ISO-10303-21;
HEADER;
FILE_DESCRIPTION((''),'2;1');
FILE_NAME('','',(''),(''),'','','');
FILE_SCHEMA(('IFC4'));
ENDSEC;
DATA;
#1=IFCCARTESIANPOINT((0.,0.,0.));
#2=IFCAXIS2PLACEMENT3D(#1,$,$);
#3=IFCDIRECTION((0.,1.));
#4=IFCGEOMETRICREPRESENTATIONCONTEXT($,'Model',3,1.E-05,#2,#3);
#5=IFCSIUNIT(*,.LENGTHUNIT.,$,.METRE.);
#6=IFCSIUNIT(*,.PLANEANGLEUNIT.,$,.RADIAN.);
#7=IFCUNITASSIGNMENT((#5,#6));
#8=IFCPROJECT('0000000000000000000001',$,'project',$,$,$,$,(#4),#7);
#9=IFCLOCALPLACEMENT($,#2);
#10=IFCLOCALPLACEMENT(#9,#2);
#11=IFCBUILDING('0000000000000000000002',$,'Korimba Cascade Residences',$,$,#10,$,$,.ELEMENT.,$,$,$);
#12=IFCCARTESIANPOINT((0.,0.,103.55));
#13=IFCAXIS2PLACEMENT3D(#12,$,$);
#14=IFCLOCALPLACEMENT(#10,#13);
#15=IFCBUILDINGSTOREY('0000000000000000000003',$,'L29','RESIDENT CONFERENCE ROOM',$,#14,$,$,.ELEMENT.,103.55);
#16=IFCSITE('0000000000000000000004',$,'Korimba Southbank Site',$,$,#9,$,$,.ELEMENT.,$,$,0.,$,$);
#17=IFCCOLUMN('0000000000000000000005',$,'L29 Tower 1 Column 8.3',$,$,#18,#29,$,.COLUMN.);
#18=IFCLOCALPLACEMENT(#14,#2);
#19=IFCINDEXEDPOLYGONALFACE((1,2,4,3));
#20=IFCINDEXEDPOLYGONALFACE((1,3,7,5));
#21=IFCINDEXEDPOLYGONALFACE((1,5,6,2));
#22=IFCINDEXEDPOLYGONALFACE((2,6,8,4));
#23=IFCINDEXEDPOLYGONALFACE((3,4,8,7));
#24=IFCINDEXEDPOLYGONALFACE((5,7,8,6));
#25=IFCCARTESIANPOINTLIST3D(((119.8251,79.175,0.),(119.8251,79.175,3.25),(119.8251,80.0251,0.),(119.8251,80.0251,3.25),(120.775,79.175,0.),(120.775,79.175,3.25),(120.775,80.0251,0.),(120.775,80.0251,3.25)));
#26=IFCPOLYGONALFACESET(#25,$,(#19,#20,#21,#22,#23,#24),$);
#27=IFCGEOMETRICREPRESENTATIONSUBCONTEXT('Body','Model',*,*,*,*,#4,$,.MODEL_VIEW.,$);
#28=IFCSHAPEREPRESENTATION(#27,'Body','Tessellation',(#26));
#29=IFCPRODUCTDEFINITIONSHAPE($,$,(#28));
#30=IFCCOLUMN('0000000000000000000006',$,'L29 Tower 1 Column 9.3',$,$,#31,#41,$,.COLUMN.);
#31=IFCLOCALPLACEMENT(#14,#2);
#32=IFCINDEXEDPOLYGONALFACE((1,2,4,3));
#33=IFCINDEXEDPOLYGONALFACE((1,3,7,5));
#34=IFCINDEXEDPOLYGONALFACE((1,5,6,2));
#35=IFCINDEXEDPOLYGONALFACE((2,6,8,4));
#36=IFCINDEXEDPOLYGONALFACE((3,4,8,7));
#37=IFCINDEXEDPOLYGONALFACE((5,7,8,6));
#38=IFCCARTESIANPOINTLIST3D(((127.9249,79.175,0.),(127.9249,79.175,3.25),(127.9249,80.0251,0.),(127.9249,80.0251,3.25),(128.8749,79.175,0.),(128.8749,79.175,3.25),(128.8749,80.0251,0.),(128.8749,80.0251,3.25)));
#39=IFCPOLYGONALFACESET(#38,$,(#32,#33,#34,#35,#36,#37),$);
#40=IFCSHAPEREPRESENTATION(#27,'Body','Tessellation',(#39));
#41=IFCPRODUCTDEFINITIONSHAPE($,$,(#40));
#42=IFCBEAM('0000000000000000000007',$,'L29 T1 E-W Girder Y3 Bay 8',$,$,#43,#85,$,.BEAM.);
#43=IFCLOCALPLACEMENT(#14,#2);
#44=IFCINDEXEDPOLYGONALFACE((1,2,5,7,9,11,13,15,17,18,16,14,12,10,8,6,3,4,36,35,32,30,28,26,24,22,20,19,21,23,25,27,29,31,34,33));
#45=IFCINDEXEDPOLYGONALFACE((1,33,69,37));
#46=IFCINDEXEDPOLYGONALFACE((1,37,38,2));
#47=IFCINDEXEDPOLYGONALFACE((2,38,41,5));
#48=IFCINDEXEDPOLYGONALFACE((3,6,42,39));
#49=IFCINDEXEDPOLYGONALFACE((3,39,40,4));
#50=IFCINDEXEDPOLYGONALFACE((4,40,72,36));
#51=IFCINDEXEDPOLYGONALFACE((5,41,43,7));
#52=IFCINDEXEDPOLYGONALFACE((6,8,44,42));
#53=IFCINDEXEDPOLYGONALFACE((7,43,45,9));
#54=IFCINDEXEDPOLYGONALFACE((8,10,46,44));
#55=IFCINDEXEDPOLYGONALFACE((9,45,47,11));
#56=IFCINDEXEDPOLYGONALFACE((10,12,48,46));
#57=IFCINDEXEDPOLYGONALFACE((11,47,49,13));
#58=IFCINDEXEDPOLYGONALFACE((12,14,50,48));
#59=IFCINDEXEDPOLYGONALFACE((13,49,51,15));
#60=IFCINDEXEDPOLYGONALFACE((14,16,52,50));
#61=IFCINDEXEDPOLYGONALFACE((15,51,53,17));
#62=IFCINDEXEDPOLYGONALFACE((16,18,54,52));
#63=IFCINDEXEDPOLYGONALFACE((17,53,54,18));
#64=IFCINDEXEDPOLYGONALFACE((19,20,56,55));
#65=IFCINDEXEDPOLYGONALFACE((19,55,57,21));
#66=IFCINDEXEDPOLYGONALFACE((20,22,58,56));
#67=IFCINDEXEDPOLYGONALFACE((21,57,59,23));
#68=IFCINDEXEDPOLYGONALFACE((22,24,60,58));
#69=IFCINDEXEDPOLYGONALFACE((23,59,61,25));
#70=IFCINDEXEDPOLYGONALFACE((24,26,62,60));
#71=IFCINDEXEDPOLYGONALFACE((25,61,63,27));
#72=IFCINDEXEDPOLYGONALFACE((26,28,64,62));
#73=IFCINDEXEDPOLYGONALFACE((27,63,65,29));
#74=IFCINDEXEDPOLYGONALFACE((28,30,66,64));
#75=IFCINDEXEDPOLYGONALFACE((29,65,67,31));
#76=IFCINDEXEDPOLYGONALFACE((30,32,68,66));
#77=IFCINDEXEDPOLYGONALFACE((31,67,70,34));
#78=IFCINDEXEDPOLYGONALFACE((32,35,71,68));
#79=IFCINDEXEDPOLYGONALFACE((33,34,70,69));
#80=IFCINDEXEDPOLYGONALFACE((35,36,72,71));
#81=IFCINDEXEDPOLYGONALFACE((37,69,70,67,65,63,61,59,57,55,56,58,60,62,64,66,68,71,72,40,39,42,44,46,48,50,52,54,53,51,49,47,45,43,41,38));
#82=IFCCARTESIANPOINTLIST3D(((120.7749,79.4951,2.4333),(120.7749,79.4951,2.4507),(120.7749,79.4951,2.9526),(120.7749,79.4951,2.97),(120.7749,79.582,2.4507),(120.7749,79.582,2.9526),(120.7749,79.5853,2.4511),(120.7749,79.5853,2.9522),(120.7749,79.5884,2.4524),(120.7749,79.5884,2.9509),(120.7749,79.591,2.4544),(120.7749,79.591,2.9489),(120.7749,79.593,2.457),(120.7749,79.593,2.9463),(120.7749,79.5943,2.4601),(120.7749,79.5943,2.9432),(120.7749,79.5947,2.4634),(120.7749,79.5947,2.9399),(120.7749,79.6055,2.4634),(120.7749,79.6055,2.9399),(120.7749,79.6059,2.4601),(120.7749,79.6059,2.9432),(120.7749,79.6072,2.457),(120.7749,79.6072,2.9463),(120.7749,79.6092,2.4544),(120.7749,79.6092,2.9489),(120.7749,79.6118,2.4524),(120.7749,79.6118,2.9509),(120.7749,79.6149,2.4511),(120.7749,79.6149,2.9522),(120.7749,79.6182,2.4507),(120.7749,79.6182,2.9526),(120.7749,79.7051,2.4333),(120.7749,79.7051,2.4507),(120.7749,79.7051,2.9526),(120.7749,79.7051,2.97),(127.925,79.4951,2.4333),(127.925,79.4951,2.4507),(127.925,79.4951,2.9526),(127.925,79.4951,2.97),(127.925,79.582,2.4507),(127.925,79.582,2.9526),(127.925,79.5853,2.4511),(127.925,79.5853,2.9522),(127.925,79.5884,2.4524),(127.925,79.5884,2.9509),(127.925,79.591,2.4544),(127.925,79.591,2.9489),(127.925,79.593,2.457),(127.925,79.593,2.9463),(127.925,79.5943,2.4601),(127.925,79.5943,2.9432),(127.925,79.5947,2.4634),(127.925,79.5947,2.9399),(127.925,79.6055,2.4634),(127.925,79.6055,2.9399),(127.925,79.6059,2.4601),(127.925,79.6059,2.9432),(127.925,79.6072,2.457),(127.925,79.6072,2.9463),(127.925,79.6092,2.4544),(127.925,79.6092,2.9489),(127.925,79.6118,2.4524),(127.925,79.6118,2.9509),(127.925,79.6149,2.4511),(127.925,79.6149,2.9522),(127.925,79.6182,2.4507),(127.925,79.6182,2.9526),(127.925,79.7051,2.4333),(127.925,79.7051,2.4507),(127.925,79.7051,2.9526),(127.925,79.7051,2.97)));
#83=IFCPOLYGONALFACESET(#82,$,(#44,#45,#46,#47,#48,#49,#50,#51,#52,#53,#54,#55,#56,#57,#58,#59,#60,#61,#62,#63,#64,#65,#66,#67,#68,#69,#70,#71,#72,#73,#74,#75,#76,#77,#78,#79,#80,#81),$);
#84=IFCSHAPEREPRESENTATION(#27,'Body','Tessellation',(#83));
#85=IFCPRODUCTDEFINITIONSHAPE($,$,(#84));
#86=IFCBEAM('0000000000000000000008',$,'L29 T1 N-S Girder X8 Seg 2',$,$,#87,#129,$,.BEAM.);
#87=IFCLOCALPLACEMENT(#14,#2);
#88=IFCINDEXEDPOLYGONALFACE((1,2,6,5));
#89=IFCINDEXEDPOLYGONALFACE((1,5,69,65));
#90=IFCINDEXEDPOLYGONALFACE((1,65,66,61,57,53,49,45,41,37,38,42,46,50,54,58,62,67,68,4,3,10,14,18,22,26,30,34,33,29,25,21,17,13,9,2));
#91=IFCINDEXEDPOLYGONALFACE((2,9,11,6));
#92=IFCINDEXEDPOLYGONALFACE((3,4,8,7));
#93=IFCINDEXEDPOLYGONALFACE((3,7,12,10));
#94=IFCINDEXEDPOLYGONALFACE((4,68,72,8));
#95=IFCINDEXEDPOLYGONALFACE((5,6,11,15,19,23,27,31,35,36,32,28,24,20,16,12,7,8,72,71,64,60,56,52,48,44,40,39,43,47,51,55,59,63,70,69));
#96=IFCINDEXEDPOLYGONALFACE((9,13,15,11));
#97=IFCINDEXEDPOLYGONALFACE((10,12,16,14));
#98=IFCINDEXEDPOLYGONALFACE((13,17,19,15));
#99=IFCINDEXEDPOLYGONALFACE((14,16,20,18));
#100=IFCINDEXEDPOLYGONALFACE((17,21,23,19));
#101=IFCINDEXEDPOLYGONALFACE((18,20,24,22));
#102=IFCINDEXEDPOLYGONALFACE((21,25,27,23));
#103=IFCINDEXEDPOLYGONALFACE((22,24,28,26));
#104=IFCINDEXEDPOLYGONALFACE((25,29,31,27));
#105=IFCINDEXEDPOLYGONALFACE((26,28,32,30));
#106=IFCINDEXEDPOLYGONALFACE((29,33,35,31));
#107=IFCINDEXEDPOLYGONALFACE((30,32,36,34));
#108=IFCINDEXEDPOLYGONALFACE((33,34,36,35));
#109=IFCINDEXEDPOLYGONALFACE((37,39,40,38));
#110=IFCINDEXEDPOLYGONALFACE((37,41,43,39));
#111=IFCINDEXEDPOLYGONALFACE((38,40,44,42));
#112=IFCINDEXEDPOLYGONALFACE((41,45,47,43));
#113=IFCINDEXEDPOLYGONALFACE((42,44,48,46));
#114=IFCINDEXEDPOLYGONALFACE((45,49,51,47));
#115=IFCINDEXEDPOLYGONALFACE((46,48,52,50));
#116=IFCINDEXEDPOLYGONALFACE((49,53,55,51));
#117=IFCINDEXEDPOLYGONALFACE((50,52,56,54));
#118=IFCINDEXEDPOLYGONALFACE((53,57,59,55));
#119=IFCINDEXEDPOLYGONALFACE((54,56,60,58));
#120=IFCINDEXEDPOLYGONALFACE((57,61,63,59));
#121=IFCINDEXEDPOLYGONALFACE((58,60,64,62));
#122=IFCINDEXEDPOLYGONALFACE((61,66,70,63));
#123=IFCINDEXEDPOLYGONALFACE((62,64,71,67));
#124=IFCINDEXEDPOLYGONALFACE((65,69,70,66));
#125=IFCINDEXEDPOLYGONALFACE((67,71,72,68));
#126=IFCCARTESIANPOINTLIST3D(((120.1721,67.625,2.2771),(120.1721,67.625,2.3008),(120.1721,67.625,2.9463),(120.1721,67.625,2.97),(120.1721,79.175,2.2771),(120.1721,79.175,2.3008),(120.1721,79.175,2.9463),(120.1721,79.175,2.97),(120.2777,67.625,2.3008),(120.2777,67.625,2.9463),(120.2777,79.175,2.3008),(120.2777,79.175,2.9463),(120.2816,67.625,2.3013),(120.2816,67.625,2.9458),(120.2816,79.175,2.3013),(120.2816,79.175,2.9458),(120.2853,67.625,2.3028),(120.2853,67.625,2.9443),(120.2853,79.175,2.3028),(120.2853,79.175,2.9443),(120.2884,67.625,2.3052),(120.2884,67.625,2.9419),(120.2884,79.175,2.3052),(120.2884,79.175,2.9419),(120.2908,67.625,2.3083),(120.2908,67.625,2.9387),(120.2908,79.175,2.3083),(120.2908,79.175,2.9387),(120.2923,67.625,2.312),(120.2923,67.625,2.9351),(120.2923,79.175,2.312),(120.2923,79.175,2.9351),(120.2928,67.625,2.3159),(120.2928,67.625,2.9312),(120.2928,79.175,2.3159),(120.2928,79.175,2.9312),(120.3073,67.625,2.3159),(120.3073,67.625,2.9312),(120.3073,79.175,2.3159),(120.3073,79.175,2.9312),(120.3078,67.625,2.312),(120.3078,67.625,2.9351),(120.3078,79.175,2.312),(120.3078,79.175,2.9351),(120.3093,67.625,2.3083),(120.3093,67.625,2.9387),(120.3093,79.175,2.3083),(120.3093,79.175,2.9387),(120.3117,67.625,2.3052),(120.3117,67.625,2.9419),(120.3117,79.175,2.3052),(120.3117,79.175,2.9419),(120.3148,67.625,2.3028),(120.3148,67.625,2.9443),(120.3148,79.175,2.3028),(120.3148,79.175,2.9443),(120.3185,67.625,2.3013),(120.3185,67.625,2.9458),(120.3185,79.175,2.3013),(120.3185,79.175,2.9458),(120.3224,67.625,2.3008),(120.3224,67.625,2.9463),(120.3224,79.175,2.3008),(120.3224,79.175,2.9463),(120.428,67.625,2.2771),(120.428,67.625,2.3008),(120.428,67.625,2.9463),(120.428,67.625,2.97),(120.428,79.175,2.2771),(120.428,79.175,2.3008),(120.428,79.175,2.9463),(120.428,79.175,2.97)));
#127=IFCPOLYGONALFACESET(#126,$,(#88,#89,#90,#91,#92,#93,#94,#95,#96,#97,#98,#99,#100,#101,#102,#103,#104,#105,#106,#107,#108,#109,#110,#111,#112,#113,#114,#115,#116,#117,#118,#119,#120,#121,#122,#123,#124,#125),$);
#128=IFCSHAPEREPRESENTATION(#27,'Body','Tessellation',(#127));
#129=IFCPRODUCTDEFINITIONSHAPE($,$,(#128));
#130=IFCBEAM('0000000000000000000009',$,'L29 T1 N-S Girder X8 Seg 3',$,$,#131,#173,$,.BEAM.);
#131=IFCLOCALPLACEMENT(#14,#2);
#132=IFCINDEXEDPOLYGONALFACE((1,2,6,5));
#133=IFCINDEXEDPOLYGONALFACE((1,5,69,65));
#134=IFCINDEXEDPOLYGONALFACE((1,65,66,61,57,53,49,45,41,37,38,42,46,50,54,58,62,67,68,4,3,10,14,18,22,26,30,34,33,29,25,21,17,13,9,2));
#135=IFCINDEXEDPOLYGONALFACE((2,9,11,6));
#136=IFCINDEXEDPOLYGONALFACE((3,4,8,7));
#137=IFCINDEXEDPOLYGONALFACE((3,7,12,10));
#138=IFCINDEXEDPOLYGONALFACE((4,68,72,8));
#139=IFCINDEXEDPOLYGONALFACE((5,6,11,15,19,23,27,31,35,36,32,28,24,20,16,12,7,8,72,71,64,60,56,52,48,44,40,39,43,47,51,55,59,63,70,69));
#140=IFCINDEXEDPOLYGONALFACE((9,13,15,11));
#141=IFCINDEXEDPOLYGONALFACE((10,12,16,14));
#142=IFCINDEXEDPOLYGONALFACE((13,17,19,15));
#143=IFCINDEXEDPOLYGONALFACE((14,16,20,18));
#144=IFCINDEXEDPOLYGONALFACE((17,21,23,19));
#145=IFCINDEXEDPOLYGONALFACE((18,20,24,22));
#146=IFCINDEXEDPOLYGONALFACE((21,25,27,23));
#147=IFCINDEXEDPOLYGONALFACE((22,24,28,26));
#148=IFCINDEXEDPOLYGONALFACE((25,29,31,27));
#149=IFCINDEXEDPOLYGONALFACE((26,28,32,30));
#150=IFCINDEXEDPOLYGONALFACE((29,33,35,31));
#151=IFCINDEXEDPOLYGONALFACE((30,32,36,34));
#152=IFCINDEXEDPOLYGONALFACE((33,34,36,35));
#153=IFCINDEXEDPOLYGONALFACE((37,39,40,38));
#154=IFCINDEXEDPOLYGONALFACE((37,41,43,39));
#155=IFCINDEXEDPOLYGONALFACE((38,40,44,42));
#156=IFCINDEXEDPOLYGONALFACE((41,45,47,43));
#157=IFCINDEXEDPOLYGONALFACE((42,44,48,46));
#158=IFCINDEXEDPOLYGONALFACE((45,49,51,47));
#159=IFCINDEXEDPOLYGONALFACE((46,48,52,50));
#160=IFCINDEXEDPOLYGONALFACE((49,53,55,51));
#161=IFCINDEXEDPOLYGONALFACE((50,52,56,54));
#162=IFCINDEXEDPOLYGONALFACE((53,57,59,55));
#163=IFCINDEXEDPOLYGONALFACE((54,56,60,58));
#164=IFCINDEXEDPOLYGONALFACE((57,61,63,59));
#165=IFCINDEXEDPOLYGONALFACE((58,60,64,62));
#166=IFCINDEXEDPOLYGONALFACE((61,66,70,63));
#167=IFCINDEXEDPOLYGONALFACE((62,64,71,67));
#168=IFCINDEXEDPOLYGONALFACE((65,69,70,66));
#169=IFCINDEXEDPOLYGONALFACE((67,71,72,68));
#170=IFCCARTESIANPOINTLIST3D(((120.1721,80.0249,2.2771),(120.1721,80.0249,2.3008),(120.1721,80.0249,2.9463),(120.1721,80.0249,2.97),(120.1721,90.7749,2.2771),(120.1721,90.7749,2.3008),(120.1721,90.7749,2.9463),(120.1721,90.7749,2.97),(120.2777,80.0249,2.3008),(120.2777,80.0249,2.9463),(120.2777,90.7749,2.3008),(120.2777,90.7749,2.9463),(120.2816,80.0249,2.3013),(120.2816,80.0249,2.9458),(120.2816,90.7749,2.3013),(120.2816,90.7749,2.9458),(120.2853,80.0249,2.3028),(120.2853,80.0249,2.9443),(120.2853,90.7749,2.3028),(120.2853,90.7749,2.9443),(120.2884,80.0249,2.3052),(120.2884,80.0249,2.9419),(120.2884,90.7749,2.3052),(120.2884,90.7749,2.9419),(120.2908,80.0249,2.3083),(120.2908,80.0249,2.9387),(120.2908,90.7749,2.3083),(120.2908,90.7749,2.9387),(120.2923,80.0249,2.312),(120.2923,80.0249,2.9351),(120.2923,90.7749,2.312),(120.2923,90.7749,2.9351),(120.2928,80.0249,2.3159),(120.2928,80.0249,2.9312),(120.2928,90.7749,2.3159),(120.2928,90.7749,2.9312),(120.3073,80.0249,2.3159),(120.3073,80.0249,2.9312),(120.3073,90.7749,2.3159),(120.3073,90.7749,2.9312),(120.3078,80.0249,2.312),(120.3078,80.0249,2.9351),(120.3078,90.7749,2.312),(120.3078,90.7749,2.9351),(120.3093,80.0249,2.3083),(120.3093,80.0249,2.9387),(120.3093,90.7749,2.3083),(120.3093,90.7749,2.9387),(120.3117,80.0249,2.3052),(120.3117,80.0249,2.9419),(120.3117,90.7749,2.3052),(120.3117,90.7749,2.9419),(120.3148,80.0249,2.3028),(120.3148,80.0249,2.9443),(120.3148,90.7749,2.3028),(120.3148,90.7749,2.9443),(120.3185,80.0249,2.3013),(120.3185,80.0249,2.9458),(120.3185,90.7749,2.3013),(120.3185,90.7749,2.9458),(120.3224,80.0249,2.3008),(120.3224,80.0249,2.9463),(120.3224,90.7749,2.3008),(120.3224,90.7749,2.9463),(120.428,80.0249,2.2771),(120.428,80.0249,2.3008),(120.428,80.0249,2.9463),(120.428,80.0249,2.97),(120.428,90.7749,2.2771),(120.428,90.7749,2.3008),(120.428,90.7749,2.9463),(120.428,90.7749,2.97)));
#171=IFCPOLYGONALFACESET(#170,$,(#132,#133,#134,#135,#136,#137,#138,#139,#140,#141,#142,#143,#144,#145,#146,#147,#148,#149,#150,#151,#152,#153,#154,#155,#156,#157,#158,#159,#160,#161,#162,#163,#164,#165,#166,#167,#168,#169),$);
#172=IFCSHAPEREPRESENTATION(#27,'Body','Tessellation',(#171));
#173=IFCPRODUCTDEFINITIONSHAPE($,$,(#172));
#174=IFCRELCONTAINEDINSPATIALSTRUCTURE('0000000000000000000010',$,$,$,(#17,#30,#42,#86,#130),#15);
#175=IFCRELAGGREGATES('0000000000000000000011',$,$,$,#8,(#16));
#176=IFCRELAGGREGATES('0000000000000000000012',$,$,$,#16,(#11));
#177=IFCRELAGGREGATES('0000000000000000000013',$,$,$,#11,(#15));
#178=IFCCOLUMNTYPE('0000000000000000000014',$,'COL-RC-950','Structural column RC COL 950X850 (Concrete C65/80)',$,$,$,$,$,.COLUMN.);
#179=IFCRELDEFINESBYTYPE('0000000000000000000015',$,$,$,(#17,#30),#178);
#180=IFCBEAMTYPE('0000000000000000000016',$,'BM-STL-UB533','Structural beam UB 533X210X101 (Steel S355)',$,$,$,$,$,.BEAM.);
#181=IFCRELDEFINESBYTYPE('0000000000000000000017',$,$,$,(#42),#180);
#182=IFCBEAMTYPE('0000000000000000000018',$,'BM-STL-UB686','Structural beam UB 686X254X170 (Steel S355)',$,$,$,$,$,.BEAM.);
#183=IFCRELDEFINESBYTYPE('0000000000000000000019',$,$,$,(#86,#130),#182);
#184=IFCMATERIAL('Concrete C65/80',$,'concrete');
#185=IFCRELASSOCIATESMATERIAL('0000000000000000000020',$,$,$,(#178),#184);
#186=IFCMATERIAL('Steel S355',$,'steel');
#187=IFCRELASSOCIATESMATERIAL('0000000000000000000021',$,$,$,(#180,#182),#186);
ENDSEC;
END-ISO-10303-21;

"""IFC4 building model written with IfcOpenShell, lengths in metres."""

from ifc_helpers import new_model, si_unit, direction, frame, origin, origin_2d, place, context, subcontext, project, spatial, rectangle, i_section, extrude, material, material_profile, profile_set, type_object, element, save


model = new_model("IFC4")

# Units and contexts
model_context = context("Model", 3, precision=1e-05, world=origin(), true_north=direction((0.0, 1.0)))
body_context = subcontext(model_context, "Body", "Model", "MODEL_VIEW")
ifc_project = project(units=[si_unit("LENGTHUNIT", "METRE"), si_unit("PLANEANGLEUNIT", "RADIAN")], contexts=[model_context])

# Site, building, storey
site_placement = place(None, origin())
site = spatial("IfcSite", under=ifc_project, at=site_placement, Name="Korimba Southbank Site", CompositionType="ELEMENT", RefElevation=0.0)
building_placement = place(site_placement, origin())
building = spatial("IfcBuilding", under=site, at=building_placement, Name="Korimba Cascade Residences", CompositionType="ELEMENT")
storey_placement = place(building_placement, frame((0.0, 0.0, 103.55)))
storey = spatial("IfcBuildingStorey", under=building, at=storey_placement, Name="L29", Description="RESIDENT CONFERENCE ROOM", CompositionType="ELEMENT", Elevation=103.55)

# Columns
ifc_material_1 = material(Name="Concrete C65/80", Category="concrete")
ifc_material_profile_1 = material_profile(ifc_material_1, rectangle(XDim=0.95, YDim=0.8501, at=origin_2d()), Name="Concrete C65/80")
ifc_profile_set_1 = profile_set([ifc_material_profile_1], Name="Concrete C65/80")
column_type = type_object("IfcColumnType", Name="COL-RC-950", Description="Structural column RC COL 950X850 (Concrete C65/80)", PredefinedType="COLUMN", material=ifc_profile_set_1)
for number, where, z_axis, x_axis, name in (
    (1, (120.3, 79.6001, 0.0), (0.0, 0.0, 1.0), (1.0, 0.0, 0.0), "L29 Tower 1 Column 8.3"),
    (2, (128.3999, 79.6001, 0.0), (0.0, 0.0, 1.0), (1.0, 0.0, 0.0), "L29 Tower 1 Column 9.3"),
):
    element("IfcColumn", number, at=place(storey_placement, frame(where, z_axis=z_axis, x_axis=x_axis)), inside=storey, type_object=column_type, Name=name, PredefinedType="COLUMN", context=body_context, shape_type="SweptSolid", body=[
        extrude(rectangle(XDim=0.95, YDim=0.8501, at=origin_2d()), origin(), (0.0, 0.0, 1.0), 3.25),
    ])

# Beams
ifc_material_2 = material(Name="Steel S355", Category="steel")
ifc_material_profile_2 = material_profile(ifc_material_2, i_section(OverallWidth=0.21, OverallDepth=0.5366, WebThickness=0.0107, FlangeThickness=0.0173, FilletRadius=0.0127, at=origin_2d()), Name="Steel S355")
ifc_profile_set_2 = profile_set([ifc_material_profile_2], Name="Steel S355")
beam_type_1 = type_object("IfcBeamType", Name="BM-STL-UB533", Description="Structural beam UB 533X210X101 (Steel S355)", PredefinedType="BEAM", material=ifc_profile_set_2)
beam_1_placement = place(storey_placement, frame((120.7749, 79.6001, 2.7017), z_axis=(1.0, 0.0, 0.0), x_axis=(0.0, 1.0, 0.0)))
element("IfcBeam", 3, at=beam_1_placement, inside=storey, type_object=beam_type_1, Name="L29 T1 E-W Girder Y3 Bay 8", PredefinedType="BEAM", context=body_context, shape_type="SweptSolid", body=[
    extrude(i_section(OverallWidth=0.21, OverallDepth=0.5366, WebThickness=0.0107, FlangeThickness=0.0173, FilletRadius=0.0127, at=origin_2d()), origin(), (0.0, 0.0, 1.0), 7.1501),
])
ifc_material_profile_3 = material_profile(ifc_material_2, i_section(OverallWidth=0.2559, OverallDepth=0.6929, WebThickness=0.0144, FlangeThickness=0.0237, FilletRadius=0.0151, at=origin_2d()), Name="Steel S355")
ifc_profile_set_3 = profile_set([ifc_material_profile_3], Name="Steel S355")
beam_type_2 = type_object("IfcBeamType", Name="BM-STL-UB686", Description="Structural beam UB 686X254X170 (Steel S355)", PredefinedType="BEAM", material=ifc_profile_set_3)
beam_2_placement = place(storey_placement, frame((120.3, 67.625, 2.6235), z_axis=(0.0, 1.0, 0.0), x_axis=(-1.0, 0.0, 0.0)))
element("IfcBeam", 4, at=beam_2_placement, inside=storey, type_object=beam_type_2, Name="L29 T1 N-S Girder X8 Seg 2", PredefinedType="BEAM", context=body_context, shape_type="SweptSolid", body=[
    extrude(i_section(OverallWidth=0.2559, OverallDepth=0.6929, WebThickness=0.0144, FlangeThickness=0.0237, FilletRadius=0.0151, at=origin_2d()), origin(), (0.0, 0.0, 1.0), 11.55),
])
beam_3_placement = place(storey_placement, frame((120.3, 80.0249, 2.6235), z_axis=(0.0, 1.0, 0.0), x_axis=(-1.0, 0.0, 0.0)))
element("IfcBeam", 5, at=beam_3_placement, inside=storey, type_object=beam_type_2, Name="L29 T1 N-S Girder X8 Seg 3", PredefinedType="BEAM", context=body_context, shape_type="SweptSolid", body=[
    extrude(i_section(OverallWidth=0.2559, OverallDepth=0.6929, WebThickness=0.0144, FlangeThickness=0.0237, FilletRadius=0.0151, at=origin_2d()), origin(), (0.0, 0.0, 1.0), 10.75),
])

save(model, "model.ifc")
